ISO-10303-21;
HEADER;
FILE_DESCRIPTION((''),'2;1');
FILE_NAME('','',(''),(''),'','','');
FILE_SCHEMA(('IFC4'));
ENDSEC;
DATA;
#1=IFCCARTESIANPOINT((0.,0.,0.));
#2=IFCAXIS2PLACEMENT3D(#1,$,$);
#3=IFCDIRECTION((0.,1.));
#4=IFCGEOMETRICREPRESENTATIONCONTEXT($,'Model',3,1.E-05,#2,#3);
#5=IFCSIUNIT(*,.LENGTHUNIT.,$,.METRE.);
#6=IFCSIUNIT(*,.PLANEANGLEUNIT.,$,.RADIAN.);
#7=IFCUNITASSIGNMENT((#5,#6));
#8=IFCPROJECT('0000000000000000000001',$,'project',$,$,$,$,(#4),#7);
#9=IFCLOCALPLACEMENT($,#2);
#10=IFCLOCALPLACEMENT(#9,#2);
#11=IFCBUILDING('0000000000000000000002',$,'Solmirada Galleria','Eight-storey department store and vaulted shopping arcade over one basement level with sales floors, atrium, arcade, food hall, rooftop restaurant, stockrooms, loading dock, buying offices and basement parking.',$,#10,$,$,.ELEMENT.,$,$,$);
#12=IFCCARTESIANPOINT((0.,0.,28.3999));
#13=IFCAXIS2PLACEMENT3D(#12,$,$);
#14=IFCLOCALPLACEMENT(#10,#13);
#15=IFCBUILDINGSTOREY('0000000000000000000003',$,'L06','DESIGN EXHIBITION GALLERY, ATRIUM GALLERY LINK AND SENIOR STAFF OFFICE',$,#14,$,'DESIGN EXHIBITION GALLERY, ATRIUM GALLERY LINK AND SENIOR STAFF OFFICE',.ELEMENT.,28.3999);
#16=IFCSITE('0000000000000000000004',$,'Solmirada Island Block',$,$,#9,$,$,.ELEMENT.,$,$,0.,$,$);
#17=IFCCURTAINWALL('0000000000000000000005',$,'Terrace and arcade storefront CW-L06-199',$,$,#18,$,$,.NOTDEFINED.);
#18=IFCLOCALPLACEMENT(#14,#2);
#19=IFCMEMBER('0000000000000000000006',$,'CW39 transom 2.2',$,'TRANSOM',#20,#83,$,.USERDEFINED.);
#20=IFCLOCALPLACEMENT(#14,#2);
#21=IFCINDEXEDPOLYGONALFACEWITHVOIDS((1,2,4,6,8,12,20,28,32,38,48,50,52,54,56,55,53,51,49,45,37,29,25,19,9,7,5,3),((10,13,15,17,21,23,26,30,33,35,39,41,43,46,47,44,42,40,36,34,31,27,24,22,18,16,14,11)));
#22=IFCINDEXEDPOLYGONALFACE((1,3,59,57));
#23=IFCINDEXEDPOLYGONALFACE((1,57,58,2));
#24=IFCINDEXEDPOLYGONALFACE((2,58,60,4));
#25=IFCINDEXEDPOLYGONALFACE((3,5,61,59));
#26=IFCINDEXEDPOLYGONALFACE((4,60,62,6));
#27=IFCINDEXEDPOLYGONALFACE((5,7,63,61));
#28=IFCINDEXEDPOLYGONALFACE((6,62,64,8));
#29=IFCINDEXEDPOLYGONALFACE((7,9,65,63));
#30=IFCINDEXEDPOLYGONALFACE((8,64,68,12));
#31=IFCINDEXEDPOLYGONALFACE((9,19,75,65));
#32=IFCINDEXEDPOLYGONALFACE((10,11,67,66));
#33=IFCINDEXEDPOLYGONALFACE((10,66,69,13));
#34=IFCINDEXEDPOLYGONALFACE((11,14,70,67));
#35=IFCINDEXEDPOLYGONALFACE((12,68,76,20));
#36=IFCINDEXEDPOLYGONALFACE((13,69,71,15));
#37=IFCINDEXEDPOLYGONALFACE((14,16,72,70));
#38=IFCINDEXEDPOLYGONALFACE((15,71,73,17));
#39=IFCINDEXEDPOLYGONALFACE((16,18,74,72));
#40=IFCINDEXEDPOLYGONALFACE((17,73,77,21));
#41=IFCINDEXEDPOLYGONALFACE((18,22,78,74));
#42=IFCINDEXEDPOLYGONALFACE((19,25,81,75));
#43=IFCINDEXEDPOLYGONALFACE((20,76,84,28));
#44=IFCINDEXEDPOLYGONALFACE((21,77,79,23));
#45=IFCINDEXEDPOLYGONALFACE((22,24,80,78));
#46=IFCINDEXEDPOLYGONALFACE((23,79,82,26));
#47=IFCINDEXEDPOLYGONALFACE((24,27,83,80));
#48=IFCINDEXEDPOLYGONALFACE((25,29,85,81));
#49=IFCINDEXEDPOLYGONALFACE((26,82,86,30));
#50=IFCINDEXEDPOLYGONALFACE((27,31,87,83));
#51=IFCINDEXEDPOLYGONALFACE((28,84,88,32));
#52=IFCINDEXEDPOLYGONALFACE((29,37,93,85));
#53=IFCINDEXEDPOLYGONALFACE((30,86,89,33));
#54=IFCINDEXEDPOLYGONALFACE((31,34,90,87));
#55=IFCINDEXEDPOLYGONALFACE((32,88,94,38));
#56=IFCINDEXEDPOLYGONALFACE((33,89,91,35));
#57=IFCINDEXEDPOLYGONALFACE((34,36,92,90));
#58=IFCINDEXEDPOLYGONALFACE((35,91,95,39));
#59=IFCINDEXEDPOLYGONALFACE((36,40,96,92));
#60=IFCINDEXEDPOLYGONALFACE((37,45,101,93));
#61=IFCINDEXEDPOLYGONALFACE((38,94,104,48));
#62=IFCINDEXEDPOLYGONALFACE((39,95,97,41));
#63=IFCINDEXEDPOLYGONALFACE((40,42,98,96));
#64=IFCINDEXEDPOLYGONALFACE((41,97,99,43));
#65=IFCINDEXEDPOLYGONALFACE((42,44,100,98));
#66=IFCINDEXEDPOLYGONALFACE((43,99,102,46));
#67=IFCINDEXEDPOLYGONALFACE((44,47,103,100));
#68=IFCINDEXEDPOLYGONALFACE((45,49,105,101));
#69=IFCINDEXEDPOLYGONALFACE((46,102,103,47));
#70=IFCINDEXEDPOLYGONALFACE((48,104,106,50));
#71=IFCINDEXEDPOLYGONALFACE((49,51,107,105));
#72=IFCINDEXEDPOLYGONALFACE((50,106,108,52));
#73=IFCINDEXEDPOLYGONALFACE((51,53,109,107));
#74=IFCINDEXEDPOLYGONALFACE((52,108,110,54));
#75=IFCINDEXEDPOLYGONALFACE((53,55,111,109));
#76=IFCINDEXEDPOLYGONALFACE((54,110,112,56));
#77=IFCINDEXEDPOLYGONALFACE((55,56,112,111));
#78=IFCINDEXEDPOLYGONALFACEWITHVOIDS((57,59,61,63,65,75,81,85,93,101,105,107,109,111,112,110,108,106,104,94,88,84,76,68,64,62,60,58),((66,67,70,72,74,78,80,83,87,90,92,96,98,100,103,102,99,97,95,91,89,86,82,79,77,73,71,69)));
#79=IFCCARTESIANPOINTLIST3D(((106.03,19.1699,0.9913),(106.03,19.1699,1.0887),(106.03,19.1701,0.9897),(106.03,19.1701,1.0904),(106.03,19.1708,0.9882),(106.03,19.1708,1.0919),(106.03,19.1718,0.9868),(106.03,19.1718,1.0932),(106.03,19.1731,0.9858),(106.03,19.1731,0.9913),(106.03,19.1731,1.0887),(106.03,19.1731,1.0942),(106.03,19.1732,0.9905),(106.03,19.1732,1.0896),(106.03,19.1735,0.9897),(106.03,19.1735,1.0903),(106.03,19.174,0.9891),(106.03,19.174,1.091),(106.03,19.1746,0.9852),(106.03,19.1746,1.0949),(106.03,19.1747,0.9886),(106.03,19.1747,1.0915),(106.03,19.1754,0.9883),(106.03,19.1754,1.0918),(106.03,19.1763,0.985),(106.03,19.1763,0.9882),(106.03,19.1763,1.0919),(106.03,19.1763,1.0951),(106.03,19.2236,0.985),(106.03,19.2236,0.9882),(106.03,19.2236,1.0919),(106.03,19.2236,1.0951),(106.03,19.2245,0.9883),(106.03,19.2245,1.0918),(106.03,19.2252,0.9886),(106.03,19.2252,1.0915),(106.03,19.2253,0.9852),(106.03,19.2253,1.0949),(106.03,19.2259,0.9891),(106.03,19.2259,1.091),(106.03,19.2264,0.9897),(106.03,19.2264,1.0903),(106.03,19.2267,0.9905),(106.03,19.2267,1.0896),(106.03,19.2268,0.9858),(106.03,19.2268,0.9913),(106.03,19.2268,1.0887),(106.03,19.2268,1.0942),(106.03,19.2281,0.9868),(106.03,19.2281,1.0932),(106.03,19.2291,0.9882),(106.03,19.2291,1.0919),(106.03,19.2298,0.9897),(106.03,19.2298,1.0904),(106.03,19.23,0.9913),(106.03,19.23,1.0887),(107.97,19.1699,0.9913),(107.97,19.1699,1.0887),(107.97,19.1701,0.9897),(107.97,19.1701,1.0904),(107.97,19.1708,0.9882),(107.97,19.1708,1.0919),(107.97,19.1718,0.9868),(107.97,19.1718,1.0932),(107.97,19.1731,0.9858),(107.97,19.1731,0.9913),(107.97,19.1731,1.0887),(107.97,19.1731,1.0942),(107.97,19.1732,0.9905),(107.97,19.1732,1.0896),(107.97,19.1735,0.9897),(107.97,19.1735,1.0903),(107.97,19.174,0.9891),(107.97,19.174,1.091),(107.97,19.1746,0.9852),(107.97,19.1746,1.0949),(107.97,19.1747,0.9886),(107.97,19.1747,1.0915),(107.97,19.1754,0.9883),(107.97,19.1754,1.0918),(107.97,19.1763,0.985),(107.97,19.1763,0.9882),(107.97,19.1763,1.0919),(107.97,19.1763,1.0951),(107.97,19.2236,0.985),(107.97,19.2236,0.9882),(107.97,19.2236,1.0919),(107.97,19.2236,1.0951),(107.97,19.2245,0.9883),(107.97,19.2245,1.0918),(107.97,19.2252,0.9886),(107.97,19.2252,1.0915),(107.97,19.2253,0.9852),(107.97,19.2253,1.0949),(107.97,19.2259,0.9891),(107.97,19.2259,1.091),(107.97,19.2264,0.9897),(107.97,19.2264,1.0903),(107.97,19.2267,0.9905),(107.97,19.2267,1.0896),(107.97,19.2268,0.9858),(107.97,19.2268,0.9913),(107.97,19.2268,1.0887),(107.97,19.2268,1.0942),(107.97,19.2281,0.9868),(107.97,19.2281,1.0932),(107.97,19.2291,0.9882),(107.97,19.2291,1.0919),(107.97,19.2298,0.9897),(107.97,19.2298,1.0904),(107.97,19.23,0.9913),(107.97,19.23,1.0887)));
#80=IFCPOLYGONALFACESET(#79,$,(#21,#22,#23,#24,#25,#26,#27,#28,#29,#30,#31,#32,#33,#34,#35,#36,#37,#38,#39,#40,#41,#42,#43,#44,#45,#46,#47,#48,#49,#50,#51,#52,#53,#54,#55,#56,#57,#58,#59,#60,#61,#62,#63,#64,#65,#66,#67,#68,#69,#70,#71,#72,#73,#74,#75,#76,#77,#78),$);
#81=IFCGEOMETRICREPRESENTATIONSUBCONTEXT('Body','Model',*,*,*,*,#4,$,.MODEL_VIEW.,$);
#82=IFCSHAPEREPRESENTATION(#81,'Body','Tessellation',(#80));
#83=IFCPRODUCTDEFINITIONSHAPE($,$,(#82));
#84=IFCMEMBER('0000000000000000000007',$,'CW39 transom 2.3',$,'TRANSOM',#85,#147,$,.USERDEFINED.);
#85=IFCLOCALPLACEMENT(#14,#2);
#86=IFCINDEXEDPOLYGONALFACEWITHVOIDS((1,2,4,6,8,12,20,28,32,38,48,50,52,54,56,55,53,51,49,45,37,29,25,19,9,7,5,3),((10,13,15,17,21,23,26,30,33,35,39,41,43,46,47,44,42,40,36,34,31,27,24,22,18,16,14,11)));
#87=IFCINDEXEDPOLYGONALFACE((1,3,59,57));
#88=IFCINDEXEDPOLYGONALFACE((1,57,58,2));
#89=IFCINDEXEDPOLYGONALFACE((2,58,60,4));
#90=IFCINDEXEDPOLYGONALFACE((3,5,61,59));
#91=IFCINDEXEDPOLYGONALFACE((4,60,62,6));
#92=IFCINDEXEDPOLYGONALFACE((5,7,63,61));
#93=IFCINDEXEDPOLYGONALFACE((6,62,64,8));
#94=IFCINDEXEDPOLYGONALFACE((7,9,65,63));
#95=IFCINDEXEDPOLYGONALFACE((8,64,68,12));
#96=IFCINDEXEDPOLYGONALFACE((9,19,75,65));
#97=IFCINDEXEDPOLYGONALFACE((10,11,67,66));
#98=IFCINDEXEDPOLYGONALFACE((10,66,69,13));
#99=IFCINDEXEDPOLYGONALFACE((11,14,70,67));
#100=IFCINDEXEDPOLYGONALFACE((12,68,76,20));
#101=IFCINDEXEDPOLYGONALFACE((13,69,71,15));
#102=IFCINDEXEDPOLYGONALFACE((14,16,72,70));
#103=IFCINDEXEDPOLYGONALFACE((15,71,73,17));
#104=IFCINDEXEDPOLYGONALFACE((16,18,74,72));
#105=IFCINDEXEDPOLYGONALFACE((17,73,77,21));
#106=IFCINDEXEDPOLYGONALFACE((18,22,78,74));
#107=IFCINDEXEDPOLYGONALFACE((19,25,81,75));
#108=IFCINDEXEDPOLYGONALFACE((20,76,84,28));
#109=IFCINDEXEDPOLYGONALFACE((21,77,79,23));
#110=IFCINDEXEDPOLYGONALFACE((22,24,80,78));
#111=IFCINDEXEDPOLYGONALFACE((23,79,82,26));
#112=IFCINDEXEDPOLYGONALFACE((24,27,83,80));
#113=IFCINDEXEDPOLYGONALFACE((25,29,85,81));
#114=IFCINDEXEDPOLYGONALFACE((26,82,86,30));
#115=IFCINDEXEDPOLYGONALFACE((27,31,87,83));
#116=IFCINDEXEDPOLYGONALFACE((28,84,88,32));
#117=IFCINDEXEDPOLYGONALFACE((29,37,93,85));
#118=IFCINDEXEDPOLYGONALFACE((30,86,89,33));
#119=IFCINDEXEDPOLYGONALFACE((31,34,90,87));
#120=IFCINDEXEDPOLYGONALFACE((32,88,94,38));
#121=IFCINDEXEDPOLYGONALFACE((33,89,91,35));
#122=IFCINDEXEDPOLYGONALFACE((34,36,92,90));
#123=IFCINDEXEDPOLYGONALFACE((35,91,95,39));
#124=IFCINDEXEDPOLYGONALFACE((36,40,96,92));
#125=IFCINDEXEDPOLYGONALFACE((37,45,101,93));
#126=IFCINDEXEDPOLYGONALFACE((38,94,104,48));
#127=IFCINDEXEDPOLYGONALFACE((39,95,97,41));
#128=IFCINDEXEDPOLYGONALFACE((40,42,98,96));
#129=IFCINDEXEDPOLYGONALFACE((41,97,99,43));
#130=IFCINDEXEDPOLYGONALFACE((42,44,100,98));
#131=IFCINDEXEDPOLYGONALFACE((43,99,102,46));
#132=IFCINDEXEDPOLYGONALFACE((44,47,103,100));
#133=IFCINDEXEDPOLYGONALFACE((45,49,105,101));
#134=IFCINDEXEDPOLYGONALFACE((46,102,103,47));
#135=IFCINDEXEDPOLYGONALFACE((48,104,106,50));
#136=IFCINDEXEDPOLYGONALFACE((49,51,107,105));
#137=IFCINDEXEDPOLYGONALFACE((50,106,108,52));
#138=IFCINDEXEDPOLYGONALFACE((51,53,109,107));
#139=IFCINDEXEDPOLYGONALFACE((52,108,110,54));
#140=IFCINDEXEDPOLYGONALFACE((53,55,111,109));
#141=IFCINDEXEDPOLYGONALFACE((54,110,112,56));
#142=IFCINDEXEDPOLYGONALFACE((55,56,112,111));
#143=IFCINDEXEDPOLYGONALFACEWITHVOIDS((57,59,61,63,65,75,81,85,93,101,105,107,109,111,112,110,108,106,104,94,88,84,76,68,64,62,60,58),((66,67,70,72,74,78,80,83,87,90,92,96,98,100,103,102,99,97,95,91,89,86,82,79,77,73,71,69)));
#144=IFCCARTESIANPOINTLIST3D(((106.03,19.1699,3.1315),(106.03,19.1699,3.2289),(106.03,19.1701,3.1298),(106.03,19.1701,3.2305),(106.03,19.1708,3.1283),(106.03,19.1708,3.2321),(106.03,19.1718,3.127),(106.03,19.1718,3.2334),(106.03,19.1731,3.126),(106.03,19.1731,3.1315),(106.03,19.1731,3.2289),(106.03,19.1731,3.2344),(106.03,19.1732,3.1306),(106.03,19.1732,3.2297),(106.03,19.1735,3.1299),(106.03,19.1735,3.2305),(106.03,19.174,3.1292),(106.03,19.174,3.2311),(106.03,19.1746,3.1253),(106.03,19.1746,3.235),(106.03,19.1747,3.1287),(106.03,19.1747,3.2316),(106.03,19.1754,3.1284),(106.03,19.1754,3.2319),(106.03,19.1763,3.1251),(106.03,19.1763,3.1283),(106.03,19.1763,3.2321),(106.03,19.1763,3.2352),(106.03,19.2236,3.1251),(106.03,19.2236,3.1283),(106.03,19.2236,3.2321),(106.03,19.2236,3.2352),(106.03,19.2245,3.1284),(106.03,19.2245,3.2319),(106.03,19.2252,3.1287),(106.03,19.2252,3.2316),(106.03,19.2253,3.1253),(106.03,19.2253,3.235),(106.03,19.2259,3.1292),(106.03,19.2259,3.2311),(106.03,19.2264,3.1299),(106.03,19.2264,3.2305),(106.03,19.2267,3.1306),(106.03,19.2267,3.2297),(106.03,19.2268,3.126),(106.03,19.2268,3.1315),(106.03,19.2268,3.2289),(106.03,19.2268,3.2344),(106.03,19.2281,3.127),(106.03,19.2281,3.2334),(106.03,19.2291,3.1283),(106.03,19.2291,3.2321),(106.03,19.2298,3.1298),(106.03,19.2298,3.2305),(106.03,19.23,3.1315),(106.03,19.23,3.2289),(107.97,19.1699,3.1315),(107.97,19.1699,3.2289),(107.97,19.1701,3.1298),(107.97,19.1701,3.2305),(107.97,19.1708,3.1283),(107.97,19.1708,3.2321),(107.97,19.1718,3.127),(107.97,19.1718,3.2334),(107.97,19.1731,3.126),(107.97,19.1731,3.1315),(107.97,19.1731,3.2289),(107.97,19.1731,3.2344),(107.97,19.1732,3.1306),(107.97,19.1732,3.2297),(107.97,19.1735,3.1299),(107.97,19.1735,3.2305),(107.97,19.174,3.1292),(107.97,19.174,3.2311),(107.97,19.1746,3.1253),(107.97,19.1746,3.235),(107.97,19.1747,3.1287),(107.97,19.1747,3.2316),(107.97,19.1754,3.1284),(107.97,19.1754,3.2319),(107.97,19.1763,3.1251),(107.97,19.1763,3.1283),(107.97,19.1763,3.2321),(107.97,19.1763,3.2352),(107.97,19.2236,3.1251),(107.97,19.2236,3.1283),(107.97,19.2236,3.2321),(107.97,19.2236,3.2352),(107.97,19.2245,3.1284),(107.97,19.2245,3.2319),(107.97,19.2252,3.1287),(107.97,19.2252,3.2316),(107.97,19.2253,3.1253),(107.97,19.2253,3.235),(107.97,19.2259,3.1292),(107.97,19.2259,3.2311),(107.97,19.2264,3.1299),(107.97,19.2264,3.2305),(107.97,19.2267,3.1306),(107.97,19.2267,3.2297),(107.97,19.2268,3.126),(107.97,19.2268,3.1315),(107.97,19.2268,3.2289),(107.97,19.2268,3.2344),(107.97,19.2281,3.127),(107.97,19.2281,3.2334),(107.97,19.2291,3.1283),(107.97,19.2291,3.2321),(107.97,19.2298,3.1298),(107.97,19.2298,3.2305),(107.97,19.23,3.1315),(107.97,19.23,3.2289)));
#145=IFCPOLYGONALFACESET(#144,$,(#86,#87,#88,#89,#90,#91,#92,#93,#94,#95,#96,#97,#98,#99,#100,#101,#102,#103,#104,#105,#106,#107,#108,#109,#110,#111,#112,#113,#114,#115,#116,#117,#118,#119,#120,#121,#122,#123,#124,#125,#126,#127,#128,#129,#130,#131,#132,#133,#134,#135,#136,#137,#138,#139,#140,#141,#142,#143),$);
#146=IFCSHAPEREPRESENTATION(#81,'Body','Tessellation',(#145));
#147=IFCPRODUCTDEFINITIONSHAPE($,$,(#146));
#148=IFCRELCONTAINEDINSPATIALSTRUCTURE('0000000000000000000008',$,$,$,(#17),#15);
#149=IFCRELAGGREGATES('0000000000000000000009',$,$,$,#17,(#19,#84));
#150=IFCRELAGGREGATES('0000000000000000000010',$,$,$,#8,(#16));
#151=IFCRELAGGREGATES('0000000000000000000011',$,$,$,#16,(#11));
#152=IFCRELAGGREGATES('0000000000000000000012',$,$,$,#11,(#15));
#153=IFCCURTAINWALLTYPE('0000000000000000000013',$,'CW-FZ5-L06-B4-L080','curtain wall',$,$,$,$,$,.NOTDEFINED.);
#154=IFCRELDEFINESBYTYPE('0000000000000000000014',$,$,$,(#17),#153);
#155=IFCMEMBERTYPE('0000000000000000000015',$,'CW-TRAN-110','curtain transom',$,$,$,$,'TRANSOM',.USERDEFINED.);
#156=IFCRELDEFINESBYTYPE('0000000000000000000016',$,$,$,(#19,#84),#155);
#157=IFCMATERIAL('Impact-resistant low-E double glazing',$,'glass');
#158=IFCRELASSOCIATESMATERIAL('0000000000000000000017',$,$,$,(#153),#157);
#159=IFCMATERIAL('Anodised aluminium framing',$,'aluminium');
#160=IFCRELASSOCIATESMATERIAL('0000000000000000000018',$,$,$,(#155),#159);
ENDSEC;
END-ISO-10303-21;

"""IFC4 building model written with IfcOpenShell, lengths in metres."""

from ifc_helpers import new_model, si_unit, direction, frame, origin, origin_2d, place, context, subcontext, project, spatial, hollow_rectangle, extrude, material, material_profile, profile_set, type_object, element, aggregate, save


model = new_model("IFC4")

# Units and contexts
model_context = context("Model", 3, precision=1e-05, world=origin(), true_north=direction((0.0, 1.0)))
body_context = subcontext(model_context, "Body", "Model", "MODEL_VIEW")
ifc_project = project(units=[si_unit("LENGTHUNIT", "METRE"), si_unit("PLANEANGLEUNIT", "RADIAN")], contexts=[model_context])

# Site, building, storey
site_placement = place(None, origin())
site = spatial("IfcSite", under=ifc_project, at=site_placement, Name="Solmirada Island Block", CompositionType="ELEMENT", RefElevation=0.0)
building_placement = place(site_placement, origin())
building = spatial("IfcBuilding", under=site, at=building_placement, Name="Solmirada Galleria", Description="Eight-storey department store and vaulted shopping arcade over one basement level with sales floors, atrium, arcade, food hall, rooftop restaurant, stockrooms, loading dock, buying offices and basement parking.", CompositionType="ELEMENT")
storey_placement = place(building_placement, frame((0.0, 0.0, 28.3999)))
storey = spatial("IfcBuildingStorey", under=building, at=storey_placement, Name="L06", Description="DESIGN EXHIBITION GALLERY, ATRIUM GALLERY LINK AND SENIOR STAFF OFFICE", LongName="DESIGN EXHIBITION GALLERY, ATRIUM GALLERY LINK AND SENIOR STAFF OFFICE", CompositionType="ELEMENT", Elevation=28.3999)

# Shared definitions
ifc_material_1 = material(Name="Impact-resistant low-E double glazing", Category="glass")
ifc_material_2 = material(Name="Anodised aluminium framing", Category="aluminium")

# Curtain wall
curtain_wall_type_1 = type_object("IfcCurtainWallType", Name="CW-FZ5-L06-B4-L080", Description="curtain wall", PredefinedType="NOTDEFINED", material=ifc_material_1)
curtain_wall_1_placement = place(storey_placement, origin())
curtain_wall_1 = element("IfcCurtainWall", 1, at=curtain_wall_1_placement, inside=storey, type_object=curtain_wall_type_1, Name="Terrace and arcade storefront CW-L06-199", PredefinedType="NOTDEFINED")

# Members
ifc_material_profile_1 = material_profile(ifc_material_2, hollow_rectangle(XDim=0.0601, YDim=0.1101, WallThickness=0.0032, InnerFilletRadius=0.0032, OuterFilletRadius=0.0063, at=origin_2d()), Name="ALU-TRAN-110X60")
ifc_profile_set_1 = profile_set([ifc_material_profile_1], Name="Anodised aluminium framing")
member_type_1 = type_object("IfcMemberType", Name="CW-TRAN-110", Description="curtain transom", ElementType="TRANSOM", PredefinedType="USERDEFINED", material=ifc_profile_set_1)
member_1_placement = place(storey_placement, frame((106.03, 19.2, 1.04), z_axis=(1.0, 0.0, 0.0), x_axis=(0.0, 1.0, 0.0)))
member_1 = element("IfcMember", 2, at=member_1_placement, type_object=member_type_1, Name="CW39 transom 2.2", ObjectType="TRANSOM", PredefinedType="USERDEFINED", context=body_context, shape_type="SweptSolid", body=[
    extrude(hollow_rectangle(XDim=0.0601, YDim=0.1101, WallThickness=0.0032, InnerFilletRadius=0.0032, OuterFilletRadius=0.0063, at=origin_2d()), origin(), (0.0, 0.0, 1.0), 1.9399),
])
member_2_placement = place(storey_placement, frame((106.03, 19.2, 3.1802), z_axis=(1.0, 0.0, 0.0), x_axis=(0.0, 1.0, 0.0)))
member_2 = element("IfcMember", 3, at=member_2_placement, type_object=member_type_1, Name="CW39 transom 2.3", ObjectType="TRANSOM", PredefinedType="USERDEFINED", context=body_context, shape_type="SweptSolid", body=[
    extrude(hollow_rectangle(XDim=0.0601, YDim=0.1101, WallThickness=0.0032, InnerFilletRadius=0.0032, OuterFilletRadius=0.0063, at=origin_2d()), origin(), (0.0, 0.0, 1.0), 1.9399),
])

aggregate(curtain_wall_1, [member_1, member_2])

save(model, "model.ifc")
